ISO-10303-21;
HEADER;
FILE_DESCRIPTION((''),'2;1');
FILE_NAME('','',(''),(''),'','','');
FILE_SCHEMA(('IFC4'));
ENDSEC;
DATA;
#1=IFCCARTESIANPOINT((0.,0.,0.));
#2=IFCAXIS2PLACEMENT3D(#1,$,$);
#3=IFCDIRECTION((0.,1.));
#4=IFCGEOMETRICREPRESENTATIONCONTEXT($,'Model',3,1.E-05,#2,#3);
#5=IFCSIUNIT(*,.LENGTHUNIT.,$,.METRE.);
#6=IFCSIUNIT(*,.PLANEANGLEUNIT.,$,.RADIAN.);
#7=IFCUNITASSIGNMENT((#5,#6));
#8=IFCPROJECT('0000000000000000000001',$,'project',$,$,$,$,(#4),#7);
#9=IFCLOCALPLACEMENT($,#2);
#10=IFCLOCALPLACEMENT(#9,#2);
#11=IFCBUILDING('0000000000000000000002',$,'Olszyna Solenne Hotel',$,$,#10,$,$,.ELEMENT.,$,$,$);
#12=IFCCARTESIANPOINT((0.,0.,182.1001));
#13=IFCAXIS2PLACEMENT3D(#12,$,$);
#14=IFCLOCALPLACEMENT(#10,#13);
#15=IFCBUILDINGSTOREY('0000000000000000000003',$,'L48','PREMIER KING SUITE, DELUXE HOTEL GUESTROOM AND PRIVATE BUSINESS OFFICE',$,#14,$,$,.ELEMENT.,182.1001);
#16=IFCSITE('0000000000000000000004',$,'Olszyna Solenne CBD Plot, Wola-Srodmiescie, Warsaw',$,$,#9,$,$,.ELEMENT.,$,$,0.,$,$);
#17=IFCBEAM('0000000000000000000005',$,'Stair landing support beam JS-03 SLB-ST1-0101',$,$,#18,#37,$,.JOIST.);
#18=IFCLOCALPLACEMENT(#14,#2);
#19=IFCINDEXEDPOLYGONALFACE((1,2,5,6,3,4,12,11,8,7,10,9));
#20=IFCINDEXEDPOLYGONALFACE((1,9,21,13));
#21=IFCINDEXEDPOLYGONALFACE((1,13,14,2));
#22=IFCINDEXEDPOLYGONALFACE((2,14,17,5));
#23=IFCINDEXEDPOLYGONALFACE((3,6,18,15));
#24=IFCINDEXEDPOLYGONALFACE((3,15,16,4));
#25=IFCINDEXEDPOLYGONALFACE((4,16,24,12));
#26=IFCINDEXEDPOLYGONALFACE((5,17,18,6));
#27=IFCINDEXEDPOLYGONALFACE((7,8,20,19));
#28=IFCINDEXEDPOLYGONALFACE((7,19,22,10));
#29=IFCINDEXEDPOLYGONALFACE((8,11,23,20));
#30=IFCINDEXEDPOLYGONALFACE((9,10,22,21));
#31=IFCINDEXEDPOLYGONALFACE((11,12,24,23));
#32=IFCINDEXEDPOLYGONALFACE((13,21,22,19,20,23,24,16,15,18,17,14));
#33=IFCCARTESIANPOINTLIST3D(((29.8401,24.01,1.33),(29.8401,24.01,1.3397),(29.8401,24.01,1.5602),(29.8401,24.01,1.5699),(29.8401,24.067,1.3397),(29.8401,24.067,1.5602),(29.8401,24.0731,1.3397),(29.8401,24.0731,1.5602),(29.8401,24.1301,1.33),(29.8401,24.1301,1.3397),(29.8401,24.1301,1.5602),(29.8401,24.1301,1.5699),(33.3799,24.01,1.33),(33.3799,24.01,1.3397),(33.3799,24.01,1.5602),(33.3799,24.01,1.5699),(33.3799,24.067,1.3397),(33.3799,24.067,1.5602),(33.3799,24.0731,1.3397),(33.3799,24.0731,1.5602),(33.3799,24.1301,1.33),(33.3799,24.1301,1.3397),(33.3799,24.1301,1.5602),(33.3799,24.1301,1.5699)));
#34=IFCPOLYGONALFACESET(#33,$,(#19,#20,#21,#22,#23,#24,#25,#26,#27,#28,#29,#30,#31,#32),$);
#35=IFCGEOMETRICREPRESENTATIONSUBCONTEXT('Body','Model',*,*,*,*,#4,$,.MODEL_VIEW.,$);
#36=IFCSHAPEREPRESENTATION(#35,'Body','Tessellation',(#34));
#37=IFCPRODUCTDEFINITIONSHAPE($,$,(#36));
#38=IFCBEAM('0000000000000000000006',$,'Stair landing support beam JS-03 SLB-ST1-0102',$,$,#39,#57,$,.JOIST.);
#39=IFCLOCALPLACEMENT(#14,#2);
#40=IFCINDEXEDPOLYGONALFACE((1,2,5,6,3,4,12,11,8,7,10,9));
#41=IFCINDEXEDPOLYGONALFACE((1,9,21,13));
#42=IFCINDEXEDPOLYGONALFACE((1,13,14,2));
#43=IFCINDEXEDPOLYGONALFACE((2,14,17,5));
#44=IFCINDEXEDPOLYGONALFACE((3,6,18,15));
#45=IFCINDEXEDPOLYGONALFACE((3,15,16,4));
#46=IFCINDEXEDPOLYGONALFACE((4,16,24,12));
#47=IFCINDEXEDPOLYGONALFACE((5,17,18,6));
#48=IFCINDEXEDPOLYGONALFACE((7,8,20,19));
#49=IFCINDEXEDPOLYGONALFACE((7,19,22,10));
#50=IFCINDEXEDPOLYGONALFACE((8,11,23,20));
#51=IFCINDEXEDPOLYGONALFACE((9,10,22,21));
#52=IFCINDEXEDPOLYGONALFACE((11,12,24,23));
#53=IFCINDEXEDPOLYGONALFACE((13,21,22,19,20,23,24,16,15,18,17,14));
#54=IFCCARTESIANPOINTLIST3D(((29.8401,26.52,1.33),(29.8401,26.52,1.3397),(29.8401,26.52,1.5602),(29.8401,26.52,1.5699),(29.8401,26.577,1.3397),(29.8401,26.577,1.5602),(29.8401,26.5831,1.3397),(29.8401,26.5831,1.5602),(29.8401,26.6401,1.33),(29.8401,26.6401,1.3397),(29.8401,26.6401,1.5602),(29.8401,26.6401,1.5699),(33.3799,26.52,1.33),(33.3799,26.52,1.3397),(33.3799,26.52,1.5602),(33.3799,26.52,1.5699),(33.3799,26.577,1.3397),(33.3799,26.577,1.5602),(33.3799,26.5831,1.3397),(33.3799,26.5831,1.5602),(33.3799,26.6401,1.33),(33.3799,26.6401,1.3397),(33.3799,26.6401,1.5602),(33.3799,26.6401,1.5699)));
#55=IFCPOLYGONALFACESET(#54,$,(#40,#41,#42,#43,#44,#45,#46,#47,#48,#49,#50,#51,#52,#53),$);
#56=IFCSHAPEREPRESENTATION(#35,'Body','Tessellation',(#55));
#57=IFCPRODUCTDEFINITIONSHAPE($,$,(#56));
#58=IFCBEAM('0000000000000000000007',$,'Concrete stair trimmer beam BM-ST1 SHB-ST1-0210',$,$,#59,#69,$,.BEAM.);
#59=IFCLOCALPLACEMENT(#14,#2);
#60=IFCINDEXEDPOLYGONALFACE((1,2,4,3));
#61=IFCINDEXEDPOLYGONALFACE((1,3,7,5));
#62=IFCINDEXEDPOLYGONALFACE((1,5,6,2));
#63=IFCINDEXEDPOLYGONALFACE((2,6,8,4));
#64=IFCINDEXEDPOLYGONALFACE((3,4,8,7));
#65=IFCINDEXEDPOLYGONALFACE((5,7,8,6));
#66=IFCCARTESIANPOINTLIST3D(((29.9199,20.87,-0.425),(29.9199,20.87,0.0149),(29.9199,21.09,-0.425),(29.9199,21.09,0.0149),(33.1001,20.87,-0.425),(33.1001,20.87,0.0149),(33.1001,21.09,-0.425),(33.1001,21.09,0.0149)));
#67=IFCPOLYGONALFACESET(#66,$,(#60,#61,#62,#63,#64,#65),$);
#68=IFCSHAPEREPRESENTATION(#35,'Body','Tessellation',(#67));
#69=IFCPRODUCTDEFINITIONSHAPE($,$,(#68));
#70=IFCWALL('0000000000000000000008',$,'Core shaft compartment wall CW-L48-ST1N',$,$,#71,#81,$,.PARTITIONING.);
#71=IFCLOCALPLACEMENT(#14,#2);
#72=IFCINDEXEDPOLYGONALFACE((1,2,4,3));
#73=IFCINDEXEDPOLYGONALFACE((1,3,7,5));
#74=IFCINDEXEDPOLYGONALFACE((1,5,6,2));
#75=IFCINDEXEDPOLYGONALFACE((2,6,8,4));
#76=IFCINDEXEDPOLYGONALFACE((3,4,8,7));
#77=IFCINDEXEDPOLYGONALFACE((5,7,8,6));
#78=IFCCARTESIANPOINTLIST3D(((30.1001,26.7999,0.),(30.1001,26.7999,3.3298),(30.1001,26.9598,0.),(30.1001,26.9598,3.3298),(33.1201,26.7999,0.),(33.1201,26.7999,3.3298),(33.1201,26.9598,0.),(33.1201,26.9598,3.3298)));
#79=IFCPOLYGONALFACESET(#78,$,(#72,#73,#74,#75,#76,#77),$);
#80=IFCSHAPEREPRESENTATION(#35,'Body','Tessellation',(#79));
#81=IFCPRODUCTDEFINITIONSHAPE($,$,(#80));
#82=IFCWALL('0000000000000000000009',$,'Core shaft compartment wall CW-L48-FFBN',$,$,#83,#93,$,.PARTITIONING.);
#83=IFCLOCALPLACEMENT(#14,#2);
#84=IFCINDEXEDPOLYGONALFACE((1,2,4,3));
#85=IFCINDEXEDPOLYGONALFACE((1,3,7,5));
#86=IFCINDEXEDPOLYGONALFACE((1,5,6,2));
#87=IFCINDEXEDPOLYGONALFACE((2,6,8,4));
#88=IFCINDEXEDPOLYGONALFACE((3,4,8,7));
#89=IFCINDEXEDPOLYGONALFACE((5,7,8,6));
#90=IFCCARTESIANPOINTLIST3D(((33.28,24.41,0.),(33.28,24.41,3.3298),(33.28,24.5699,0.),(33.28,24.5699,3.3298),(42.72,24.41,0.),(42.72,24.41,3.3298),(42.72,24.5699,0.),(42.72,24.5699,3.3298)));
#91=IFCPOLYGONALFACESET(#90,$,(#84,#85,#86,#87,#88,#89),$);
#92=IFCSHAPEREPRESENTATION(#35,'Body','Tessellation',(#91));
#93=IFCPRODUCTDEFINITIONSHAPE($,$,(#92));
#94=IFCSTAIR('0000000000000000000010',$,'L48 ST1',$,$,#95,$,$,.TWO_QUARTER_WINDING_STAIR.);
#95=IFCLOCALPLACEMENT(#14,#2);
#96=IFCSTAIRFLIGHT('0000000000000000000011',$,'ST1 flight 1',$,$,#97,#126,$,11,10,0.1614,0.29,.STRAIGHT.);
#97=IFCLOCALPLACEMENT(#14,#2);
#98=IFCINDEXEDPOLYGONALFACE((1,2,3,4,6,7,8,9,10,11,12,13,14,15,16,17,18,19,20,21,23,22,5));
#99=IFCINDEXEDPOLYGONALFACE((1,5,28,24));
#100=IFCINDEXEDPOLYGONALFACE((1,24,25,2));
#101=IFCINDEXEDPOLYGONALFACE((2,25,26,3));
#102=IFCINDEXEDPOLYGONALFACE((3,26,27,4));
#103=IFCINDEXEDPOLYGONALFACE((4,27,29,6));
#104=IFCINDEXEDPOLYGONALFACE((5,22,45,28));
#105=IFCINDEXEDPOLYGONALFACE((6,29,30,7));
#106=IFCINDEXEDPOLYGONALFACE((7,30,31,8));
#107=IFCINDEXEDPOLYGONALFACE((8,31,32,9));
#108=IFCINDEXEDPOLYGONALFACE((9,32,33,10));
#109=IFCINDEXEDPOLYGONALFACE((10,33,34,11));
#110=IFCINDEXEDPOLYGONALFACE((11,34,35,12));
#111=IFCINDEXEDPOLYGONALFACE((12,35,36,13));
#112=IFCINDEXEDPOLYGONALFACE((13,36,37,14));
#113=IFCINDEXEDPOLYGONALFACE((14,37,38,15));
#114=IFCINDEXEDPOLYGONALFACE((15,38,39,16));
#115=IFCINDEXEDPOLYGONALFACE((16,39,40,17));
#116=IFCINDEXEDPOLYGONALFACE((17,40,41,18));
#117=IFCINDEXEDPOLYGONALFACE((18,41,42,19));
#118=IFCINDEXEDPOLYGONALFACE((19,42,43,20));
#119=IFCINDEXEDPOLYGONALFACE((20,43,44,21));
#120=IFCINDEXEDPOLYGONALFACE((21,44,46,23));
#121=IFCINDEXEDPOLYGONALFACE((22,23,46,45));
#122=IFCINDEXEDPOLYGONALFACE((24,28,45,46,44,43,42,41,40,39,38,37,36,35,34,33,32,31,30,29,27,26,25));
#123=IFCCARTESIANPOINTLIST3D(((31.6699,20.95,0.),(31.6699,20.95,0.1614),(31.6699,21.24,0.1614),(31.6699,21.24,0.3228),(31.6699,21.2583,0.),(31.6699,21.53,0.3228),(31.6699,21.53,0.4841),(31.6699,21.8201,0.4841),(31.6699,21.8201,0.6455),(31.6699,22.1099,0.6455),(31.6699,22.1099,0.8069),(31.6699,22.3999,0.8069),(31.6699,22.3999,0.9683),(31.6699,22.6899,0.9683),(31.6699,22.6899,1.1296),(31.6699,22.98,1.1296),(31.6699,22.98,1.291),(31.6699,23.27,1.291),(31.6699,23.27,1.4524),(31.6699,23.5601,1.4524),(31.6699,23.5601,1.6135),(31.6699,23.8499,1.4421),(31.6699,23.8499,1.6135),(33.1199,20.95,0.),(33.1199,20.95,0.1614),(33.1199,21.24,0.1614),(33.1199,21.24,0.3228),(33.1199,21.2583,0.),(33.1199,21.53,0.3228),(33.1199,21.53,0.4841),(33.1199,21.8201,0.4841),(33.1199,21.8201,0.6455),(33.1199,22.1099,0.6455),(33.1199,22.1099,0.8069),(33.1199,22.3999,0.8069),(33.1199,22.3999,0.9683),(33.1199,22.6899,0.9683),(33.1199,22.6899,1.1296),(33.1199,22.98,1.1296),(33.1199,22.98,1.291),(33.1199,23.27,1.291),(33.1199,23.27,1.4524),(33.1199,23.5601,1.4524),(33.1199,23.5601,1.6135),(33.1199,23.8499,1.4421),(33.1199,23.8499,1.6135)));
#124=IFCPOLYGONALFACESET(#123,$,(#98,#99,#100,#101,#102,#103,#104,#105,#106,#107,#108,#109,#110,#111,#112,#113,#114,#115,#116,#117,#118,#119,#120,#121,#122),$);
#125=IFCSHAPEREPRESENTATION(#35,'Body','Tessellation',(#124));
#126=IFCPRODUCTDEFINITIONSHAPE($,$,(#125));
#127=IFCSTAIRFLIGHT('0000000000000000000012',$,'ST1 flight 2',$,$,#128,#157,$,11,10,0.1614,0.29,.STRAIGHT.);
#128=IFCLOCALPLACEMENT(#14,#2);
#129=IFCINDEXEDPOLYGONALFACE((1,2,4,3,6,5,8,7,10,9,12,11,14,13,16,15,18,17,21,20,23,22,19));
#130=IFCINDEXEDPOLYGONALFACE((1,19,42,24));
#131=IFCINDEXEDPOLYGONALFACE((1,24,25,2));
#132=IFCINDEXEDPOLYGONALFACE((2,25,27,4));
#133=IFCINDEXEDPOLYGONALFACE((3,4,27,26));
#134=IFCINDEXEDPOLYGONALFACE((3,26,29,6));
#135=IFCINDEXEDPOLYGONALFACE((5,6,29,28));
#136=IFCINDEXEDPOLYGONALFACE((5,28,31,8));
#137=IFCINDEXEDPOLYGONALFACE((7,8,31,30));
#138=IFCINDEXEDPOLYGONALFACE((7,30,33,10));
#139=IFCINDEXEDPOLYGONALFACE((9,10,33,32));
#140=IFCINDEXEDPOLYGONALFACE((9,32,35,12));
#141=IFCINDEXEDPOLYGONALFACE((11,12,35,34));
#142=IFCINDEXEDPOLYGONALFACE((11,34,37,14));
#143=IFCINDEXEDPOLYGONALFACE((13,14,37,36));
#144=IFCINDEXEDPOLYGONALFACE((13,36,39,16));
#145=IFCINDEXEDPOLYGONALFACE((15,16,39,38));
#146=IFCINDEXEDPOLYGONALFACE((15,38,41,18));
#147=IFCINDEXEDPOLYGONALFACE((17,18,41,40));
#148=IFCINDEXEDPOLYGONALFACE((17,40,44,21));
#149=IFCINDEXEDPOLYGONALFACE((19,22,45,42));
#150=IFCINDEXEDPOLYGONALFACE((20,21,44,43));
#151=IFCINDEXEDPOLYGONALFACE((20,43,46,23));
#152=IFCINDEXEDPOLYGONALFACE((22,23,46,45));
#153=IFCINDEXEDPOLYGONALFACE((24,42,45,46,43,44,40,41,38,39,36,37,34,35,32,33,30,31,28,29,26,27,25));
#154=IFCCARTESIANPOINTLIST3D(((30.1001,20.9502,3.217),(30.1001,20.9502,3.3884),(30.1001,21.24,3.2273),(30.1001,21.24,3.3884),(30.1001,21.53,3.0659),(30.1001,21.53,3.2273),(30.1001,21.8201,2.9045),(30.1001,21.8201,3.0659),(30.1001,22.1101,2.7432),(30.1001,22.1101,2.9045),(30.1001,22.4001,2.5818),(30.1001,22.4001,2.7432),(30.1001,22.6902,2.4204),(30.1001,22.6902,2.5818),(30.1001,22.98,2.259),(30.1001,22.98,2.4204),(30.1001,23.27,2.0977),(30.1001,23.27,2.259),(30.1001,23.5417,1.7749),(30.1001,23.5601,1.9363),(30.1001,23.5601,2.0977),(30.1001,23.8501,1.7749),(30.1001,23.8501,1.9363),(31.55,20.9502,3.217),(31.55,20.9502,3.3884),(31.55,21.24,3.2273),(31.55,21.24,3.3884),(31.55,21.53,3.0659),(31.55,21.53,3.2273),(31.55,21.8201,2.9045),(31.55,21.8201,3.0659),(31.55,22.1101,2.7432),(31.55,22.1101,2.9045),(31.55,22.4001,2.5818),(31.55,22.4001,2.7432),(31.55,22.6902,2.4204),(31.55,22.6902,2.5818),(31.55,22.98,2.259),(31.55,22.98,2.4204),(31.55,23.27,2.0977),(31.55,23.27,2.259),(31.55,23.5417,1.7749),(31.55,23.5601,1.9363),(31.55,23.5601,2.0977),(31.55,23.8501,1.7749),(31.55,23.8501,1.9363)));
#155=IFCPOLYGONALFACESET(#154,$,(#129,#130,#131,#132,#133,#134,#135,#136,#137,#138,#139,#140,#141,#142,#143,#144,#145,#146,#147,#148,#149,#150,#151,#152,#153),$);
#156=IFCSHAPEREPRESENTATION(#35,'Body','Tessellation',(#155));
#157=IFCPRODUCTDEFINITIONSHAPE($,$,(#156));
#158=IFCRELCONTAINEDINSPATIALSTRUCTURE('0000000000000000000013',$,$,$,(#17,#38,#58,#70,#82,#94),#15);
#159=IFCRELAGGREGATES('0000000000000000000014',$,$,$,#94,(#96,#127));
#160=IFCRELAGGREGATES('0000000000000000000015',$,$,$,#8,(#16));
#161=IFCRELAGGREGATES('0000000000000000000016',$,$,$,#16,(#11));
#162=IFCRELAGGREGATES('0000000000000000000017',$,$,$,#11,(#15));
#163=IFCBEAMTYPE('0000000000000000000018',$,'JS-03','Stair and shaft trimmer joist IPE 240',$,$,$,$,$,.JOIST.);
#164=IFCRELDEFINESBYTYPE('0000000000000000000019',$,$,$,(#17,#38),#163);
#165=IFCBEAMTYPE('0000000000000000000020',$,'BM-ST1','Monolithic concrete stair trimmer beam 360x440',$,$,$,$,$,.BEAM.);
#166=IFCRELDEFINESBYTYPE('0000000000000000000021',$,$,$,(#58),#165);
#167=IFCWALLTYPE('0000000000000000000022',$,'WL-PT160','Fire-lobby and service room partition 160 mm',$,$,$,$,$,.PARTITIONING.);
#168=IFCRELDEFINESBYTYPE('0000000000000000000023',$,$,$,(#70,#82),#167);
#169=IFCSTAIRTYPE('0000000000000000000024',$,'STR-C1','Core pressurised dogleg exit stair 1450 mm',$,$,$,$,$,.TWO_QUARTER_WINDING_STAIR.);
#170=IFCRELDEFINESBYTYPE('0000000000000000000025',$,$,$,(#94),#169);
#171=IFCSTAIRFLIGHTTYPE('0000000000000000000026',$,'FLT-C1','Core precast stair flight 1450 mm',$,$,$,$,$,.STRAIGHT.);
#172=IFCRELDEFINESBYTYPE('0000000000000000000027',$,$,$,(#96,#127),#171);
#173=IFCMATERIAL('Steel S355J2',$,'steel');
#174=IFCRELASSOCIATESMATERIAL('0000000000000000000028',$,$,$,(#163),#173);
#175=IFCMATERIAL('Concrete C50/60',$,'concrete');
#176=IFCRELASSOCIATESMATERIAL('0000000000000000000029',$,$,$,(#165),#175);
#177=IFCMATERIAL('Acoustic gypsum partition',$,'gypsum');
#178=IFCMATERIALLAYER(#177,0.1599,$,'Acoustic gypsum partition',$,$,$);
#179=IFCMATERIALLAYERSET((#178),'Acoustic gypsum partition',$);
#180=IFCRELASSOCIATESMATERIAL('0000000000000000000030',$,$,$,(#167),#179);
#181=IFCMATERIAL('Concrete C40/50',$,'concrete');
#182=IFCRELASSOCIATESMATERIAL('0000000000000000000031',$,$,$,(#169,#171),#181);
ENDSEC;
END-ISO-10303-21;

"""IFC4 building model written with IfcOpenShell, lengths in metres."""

from ifc_helpers import new_model, si_unit, direction, frame, frame_2d, origin, origin_2d, place, context, subcontext, project, spatial, polyline, rectangle, i_section, outline, extrude, source, transform, mapped, material, layer, layer_set, material_profile, profile_set, type_object, element, aggregate, save


model = new_model("IFC4")

# Units and contexts
model_context = context("Model", 3, precision=1e-05, world=origin(), true_north=direction((0.0, 1.0)))
body_context = subcontext(model_context, "Body", "Model", "MODEL_VIEW")
ifc_project = project(units=[si_unit("LENGTHUNIT", "METRE"), si_unit("PLANEANGLEUNIT", "RADIAN")], contexts=[model_context])

# Site, building, storey
site_placement = place(None, origin())
site = spatial("IfcSite", under=ifc_project, at=site_placement, Name="Olszyna Solenne CBD Plot, Wola-Srodmiescie, Warsaw", CompositionType="ELEMENT", RefElevation=0.0)
building_placement = place(site_placement, origin())
building = spatial("IfcBuilding", under=site, at=building_placement, Name="Olszyna Solenne Hotel", CompositionType="ELEMENT")
storey_placement = place(building_placement, frame((0.0, 0.0, 182.1001)))
storey = spatial("IfcBuildingStorey", under=building, at=storey_placement, Name="L48", Description="PREMIER KING SUITE, DELUXE HOTEL GUESTROOM AND PRIVATE BUSINESS OFFICE", CompositionType="ELEMENT", Elevation=182.1001)

# Beams
ifc_material_1 = material(Name="Steel S355J2", Category="steel")
ifc_material_profile_1 = material_profile(ifc_material_1, i_section(OverallWidth=0.1201, OverallDepth=0.24, WebThickness=0.0061, FlangeThickness=0.0098, at=origin_2d()), Name="IPE 240", Category="load-bearing")
ifc_profile_set_1 = profile_set([ifc_material_profile_1], Name="Steel S355J2")
beam_type_1 = type_object("IfcBeamType", Name="JS-03", Description="Stair and shaft trimmer joist IPE 240", PredefinedType="JOIST", material=ifc_profile_set_1)
shared_shape_1 = source(origin(), body_context, "Body", "SweptSolid", [
    extrude(i_section(OverallWidth=0.1201, OverallDepth=0.24, WebThickness=0.0061, FlangeThickness=0.0098, at=origin_2d()), origin(), (0.0, 0.0, 1.0), 3.5398),
])
for number, where, z_axis, x_axis, name in (
    (1, (33.3799, 24.0701, 1.45), (-1.0, 0.0, 0.0), (0.0, -1.0, 0.0), "Stair landing support beam JS-03 SLB-ST1-0101"),
    (2, (33.3799, 26.5801, 1.45), (-1.0, 0.0, 0.0), (0.0, -1.0, 0.0), "Stair landing support beam JS-03 SLB-ST1-0102"),
):
    element("IfcBeam", number, at=place(storey_placement, frame(where, z_axis=z_axis, x_axis=x_axis)), inside=storey, type_object=beam_type_1, Name=name, PredefinedType="JOIST", context=body_context, shape_type="MappedRepresentation", body=[
        mapped(shared_shape_1, transform((0.0, 0.0, 0.0), x_axis=(1.0, 0.0, 0.0), y_axis=(0.0, 1.0, 0.0), z_axis=(0.0, 0.0, 1.0), scale=1.0)),
    ])
ifc_material_2 = material(Name="Concrete C50/60", Category="concrete")
ifc_material_profile_2 = material_profile(ifc_material_2, rectangle(XDim=0.22, YDim=0.4399, at=origin_2d()), Name="RC 220x440", Category="load-bearing")
ifc_profile_set_2 = profile_set([ifc_material_profile_2], Name="Concrete C50/60")
beam_type_2 = type_object("IfcBeamType", Name="BM-ST1", Description="Monolithic concrete stair trimmer beam 360x440", PredefinedType="BEAM", material=ifc_profile_set_2)
shared_shape_2 = source(origin(), body_context, "Body", "SweptSolid", [
    extrude(rectangle(XDim=0.22, YDim=0.4399, at=origin_2d()), origin(), (0.0, 0.0, 1.0), 3.1802),
])
beam_placement = place(storey_placement, frame((33.1001, 20.98, -0.2051), z_axis=(-1.0, 0.0, 0.0), x_axis=(0.0, -1.0, 0.0)))
element("IfcBeam", 3, at=beam_placement, inside=storey, type_object=beam_type_2, Name="Concrete stair trimmer beam BM-ST1 SHB-ST1-0210", PredefinedType="BEAM", context=body_context, shape_type="MappedRepresentation", body=[
    mapped(shared_shape_2, transform((0.0, 0.0, 0.0), x_axis=(1.0, 0.0, 0.0), y_axis=(0.0, 1.0, 0.0), z_axis=(0.0, 0.0, 1.0), scale=1.0)),
])

# Walls
ifc_material_3 = material(Name="Acoustic gypsum partition", Category="gypsum")
ifc_layer = layer(ifc_material_3, 0.1599, Name="Acoustic gypsum partition")
ifc_layer_set = layer_set([ifc_layer], Name="Acoustic gypsum partition")
wall_type = type_object("IfcWallType", Name="WL-PT160", Description="Fire-lobby and service room partition 160 mm", PredefinedType="PARTITIONING", material=ifc_layer_set)
wall_1_placement = place(storey_placement, frame((30.1001, 26.8799, 0.0), z_axis=(0.0, 0.0, 1.0), x_axis=(1.0, 0.0, 0.0)))
element("IfcWall", 4, at=wall_1_placement, inside=storey, type_object=wall_type, Name="Core shaft compartment wall CW-L48-ST1N", PredefinedType="PARTITIONING", context=body_context, shape_type="SweptSolid", body=[
    extrude(rectangle(XDim=3.02, YDim=0.1599, at=frame_2d((1.51, 0.0))), origin(), (0.0, 0.0, 1.0), 3.3298),
])
wall_2_placement = place(storey_placement, frame((33.28, 24.49, 0.0), z_axis=(0.0, 0.0, 1.0), x_axis=(1.0, 0.0, 0.0)))
element("IfcWall", 5, at=wall_2_placement, inside=storey, type_object=wall_type, Name="Core shaft compartment wall CW-L48-FFBN", PredefinedType="PARTITIONING", context=body_context, shape_type="SweptSolid", body=[
    extrude(rectangle(XDim=9.4399, YDim=0.1599, at=frame_2d((4.72, 0.0))), origin(), (0.0, 0.0, 1.0), 3.3298),
])

# Stair, stair flights
ifc_material_4 = material(Name="Concrete C40/50", Category="concrete")
stair_type = type_object("IfcStairType", Name="STR-C1", Description="Core pressurised dogleg exit stair 1450 mm", PredefinedType="TWO_QUARTER_WINDING_STAIR", material=ifc_material_4)
stair_placement = place(storey_placement, origin())
stair = element("IfcStair", 6, at=stair_placement, inside=storey, type_object=stair_type, Name="L48 ST1", PredefinedType="TWO_QUARTER_WINDING_STAIR")
stair_flight_type = type_object("IfcStairFlightType", Name="FLT-C1", Description="Core precast stair flight 1450 mm", PredefinedType="STRAIGHT", material=ifc_material_4)
stair_flight_1_placement = place(storey_placement, frame((32.395, 20.95, 0.0), z_axis=(0.0, 0.0, 1.0), x_axis=(0.0, 1.0, 0.0)))
stair_flight_1 = element("IfcStairFlight", 7, at=stair_flight_1_placement, type_object=stair_flight_type, Name="ST1 flight 1", NumberOfRisers=11, NumberOfTreads=10, PredefinedType="STRAIGHT", RiserHeight=0.1614, TreadLength=0.29, context=body_context, shape_type="SweptSolid", body=[
    extrude(outline(polyline([(0.0, 0.0), (0.0, 0.1614), (0.29, 0.1614), (0.29, 0.3228), (0.5801, 0.3228), (0.5801, 0.4841), (0.8701, 0.4841), (0.8701, 0.6455), (1.1599, 0.6455), (1.1599, 0.8069), (1.45, 0.8069), (1.45, 0.9683), (1.74, 0.9683), (1.74, 1.1296), (2.03, 1.1296), (2.03, 1.291), (2.3201, 1.291), (2.3201, 1.4524), (2.6101, 1.4524), (2.6101, 1.6135), (2.8999, 1.6135), (2.8999, 1.7749), (2.8999, 1.4421), (0.3083, 0.0), (0.0, 0.0)])), frame((0.0, 0.7251, 0.0), z_axis=(0.0, -1.0, 0.0), x_axis=(1.0, 0.0, 0.0)), (0.0, 0.0, 1.0), 1.45),
])
stair_flight_2_placement = place(storey_placement, frame((30.825, 23.8501, 1.7749), z_axis=(0.0, 0.0, 1.0), x_axis=(0.0, -1.0, 0.0)))
stair_flight_2 = element("IfcStairFlight", 8, at=stair_flight_2_placement, type_object=stair_flight_type, Name="ST1 flight 2", NumberOfRisers=11, NumberOfTreads=10, PredefinedType="STRAIGHT", RiserHeight=0.1614, TreadLength=0.29, context=body_context, shape_type="SweptSolid", body=[
    extrude(outline(polyline([(0.0, 0.0), (0.0, 0.1614), (0.29, 0.1614), (0.29, 0.3228), (0.5801, 0.3228), (0.5801, 0.4841), (0.8701, 0.4841), (0.8701, 0.6455), (1.1599, 0.6455), (1.1599, 0.8069), (1.45, 0.8069), (1.45, 0.9683), (1.74, 0.9683), (1.74, 1.1296), (2.03, 1.1296), (2.03, 1.291), (2.3201, 1.291), (2.3201, 1.4524), (2.6101, 1.4524), (2.6101, 1.6135), (2.8999, 1.6135), (2.8999, 1.7749), (2.8999, 1.4421), (0.3083, 0.0), (0.0, 0.0)])), frame((0.0, 0.7251, 0.0), z_axis=(0.0, -1.0, 0.0), x_axis=(1.0, 0.0, 0.0)), (0.0, 0.0, 1.0), 1.45),
])
aggregate(stair, [stair_flight_1, stair_flight_2])

save(model, "model.ifc")
